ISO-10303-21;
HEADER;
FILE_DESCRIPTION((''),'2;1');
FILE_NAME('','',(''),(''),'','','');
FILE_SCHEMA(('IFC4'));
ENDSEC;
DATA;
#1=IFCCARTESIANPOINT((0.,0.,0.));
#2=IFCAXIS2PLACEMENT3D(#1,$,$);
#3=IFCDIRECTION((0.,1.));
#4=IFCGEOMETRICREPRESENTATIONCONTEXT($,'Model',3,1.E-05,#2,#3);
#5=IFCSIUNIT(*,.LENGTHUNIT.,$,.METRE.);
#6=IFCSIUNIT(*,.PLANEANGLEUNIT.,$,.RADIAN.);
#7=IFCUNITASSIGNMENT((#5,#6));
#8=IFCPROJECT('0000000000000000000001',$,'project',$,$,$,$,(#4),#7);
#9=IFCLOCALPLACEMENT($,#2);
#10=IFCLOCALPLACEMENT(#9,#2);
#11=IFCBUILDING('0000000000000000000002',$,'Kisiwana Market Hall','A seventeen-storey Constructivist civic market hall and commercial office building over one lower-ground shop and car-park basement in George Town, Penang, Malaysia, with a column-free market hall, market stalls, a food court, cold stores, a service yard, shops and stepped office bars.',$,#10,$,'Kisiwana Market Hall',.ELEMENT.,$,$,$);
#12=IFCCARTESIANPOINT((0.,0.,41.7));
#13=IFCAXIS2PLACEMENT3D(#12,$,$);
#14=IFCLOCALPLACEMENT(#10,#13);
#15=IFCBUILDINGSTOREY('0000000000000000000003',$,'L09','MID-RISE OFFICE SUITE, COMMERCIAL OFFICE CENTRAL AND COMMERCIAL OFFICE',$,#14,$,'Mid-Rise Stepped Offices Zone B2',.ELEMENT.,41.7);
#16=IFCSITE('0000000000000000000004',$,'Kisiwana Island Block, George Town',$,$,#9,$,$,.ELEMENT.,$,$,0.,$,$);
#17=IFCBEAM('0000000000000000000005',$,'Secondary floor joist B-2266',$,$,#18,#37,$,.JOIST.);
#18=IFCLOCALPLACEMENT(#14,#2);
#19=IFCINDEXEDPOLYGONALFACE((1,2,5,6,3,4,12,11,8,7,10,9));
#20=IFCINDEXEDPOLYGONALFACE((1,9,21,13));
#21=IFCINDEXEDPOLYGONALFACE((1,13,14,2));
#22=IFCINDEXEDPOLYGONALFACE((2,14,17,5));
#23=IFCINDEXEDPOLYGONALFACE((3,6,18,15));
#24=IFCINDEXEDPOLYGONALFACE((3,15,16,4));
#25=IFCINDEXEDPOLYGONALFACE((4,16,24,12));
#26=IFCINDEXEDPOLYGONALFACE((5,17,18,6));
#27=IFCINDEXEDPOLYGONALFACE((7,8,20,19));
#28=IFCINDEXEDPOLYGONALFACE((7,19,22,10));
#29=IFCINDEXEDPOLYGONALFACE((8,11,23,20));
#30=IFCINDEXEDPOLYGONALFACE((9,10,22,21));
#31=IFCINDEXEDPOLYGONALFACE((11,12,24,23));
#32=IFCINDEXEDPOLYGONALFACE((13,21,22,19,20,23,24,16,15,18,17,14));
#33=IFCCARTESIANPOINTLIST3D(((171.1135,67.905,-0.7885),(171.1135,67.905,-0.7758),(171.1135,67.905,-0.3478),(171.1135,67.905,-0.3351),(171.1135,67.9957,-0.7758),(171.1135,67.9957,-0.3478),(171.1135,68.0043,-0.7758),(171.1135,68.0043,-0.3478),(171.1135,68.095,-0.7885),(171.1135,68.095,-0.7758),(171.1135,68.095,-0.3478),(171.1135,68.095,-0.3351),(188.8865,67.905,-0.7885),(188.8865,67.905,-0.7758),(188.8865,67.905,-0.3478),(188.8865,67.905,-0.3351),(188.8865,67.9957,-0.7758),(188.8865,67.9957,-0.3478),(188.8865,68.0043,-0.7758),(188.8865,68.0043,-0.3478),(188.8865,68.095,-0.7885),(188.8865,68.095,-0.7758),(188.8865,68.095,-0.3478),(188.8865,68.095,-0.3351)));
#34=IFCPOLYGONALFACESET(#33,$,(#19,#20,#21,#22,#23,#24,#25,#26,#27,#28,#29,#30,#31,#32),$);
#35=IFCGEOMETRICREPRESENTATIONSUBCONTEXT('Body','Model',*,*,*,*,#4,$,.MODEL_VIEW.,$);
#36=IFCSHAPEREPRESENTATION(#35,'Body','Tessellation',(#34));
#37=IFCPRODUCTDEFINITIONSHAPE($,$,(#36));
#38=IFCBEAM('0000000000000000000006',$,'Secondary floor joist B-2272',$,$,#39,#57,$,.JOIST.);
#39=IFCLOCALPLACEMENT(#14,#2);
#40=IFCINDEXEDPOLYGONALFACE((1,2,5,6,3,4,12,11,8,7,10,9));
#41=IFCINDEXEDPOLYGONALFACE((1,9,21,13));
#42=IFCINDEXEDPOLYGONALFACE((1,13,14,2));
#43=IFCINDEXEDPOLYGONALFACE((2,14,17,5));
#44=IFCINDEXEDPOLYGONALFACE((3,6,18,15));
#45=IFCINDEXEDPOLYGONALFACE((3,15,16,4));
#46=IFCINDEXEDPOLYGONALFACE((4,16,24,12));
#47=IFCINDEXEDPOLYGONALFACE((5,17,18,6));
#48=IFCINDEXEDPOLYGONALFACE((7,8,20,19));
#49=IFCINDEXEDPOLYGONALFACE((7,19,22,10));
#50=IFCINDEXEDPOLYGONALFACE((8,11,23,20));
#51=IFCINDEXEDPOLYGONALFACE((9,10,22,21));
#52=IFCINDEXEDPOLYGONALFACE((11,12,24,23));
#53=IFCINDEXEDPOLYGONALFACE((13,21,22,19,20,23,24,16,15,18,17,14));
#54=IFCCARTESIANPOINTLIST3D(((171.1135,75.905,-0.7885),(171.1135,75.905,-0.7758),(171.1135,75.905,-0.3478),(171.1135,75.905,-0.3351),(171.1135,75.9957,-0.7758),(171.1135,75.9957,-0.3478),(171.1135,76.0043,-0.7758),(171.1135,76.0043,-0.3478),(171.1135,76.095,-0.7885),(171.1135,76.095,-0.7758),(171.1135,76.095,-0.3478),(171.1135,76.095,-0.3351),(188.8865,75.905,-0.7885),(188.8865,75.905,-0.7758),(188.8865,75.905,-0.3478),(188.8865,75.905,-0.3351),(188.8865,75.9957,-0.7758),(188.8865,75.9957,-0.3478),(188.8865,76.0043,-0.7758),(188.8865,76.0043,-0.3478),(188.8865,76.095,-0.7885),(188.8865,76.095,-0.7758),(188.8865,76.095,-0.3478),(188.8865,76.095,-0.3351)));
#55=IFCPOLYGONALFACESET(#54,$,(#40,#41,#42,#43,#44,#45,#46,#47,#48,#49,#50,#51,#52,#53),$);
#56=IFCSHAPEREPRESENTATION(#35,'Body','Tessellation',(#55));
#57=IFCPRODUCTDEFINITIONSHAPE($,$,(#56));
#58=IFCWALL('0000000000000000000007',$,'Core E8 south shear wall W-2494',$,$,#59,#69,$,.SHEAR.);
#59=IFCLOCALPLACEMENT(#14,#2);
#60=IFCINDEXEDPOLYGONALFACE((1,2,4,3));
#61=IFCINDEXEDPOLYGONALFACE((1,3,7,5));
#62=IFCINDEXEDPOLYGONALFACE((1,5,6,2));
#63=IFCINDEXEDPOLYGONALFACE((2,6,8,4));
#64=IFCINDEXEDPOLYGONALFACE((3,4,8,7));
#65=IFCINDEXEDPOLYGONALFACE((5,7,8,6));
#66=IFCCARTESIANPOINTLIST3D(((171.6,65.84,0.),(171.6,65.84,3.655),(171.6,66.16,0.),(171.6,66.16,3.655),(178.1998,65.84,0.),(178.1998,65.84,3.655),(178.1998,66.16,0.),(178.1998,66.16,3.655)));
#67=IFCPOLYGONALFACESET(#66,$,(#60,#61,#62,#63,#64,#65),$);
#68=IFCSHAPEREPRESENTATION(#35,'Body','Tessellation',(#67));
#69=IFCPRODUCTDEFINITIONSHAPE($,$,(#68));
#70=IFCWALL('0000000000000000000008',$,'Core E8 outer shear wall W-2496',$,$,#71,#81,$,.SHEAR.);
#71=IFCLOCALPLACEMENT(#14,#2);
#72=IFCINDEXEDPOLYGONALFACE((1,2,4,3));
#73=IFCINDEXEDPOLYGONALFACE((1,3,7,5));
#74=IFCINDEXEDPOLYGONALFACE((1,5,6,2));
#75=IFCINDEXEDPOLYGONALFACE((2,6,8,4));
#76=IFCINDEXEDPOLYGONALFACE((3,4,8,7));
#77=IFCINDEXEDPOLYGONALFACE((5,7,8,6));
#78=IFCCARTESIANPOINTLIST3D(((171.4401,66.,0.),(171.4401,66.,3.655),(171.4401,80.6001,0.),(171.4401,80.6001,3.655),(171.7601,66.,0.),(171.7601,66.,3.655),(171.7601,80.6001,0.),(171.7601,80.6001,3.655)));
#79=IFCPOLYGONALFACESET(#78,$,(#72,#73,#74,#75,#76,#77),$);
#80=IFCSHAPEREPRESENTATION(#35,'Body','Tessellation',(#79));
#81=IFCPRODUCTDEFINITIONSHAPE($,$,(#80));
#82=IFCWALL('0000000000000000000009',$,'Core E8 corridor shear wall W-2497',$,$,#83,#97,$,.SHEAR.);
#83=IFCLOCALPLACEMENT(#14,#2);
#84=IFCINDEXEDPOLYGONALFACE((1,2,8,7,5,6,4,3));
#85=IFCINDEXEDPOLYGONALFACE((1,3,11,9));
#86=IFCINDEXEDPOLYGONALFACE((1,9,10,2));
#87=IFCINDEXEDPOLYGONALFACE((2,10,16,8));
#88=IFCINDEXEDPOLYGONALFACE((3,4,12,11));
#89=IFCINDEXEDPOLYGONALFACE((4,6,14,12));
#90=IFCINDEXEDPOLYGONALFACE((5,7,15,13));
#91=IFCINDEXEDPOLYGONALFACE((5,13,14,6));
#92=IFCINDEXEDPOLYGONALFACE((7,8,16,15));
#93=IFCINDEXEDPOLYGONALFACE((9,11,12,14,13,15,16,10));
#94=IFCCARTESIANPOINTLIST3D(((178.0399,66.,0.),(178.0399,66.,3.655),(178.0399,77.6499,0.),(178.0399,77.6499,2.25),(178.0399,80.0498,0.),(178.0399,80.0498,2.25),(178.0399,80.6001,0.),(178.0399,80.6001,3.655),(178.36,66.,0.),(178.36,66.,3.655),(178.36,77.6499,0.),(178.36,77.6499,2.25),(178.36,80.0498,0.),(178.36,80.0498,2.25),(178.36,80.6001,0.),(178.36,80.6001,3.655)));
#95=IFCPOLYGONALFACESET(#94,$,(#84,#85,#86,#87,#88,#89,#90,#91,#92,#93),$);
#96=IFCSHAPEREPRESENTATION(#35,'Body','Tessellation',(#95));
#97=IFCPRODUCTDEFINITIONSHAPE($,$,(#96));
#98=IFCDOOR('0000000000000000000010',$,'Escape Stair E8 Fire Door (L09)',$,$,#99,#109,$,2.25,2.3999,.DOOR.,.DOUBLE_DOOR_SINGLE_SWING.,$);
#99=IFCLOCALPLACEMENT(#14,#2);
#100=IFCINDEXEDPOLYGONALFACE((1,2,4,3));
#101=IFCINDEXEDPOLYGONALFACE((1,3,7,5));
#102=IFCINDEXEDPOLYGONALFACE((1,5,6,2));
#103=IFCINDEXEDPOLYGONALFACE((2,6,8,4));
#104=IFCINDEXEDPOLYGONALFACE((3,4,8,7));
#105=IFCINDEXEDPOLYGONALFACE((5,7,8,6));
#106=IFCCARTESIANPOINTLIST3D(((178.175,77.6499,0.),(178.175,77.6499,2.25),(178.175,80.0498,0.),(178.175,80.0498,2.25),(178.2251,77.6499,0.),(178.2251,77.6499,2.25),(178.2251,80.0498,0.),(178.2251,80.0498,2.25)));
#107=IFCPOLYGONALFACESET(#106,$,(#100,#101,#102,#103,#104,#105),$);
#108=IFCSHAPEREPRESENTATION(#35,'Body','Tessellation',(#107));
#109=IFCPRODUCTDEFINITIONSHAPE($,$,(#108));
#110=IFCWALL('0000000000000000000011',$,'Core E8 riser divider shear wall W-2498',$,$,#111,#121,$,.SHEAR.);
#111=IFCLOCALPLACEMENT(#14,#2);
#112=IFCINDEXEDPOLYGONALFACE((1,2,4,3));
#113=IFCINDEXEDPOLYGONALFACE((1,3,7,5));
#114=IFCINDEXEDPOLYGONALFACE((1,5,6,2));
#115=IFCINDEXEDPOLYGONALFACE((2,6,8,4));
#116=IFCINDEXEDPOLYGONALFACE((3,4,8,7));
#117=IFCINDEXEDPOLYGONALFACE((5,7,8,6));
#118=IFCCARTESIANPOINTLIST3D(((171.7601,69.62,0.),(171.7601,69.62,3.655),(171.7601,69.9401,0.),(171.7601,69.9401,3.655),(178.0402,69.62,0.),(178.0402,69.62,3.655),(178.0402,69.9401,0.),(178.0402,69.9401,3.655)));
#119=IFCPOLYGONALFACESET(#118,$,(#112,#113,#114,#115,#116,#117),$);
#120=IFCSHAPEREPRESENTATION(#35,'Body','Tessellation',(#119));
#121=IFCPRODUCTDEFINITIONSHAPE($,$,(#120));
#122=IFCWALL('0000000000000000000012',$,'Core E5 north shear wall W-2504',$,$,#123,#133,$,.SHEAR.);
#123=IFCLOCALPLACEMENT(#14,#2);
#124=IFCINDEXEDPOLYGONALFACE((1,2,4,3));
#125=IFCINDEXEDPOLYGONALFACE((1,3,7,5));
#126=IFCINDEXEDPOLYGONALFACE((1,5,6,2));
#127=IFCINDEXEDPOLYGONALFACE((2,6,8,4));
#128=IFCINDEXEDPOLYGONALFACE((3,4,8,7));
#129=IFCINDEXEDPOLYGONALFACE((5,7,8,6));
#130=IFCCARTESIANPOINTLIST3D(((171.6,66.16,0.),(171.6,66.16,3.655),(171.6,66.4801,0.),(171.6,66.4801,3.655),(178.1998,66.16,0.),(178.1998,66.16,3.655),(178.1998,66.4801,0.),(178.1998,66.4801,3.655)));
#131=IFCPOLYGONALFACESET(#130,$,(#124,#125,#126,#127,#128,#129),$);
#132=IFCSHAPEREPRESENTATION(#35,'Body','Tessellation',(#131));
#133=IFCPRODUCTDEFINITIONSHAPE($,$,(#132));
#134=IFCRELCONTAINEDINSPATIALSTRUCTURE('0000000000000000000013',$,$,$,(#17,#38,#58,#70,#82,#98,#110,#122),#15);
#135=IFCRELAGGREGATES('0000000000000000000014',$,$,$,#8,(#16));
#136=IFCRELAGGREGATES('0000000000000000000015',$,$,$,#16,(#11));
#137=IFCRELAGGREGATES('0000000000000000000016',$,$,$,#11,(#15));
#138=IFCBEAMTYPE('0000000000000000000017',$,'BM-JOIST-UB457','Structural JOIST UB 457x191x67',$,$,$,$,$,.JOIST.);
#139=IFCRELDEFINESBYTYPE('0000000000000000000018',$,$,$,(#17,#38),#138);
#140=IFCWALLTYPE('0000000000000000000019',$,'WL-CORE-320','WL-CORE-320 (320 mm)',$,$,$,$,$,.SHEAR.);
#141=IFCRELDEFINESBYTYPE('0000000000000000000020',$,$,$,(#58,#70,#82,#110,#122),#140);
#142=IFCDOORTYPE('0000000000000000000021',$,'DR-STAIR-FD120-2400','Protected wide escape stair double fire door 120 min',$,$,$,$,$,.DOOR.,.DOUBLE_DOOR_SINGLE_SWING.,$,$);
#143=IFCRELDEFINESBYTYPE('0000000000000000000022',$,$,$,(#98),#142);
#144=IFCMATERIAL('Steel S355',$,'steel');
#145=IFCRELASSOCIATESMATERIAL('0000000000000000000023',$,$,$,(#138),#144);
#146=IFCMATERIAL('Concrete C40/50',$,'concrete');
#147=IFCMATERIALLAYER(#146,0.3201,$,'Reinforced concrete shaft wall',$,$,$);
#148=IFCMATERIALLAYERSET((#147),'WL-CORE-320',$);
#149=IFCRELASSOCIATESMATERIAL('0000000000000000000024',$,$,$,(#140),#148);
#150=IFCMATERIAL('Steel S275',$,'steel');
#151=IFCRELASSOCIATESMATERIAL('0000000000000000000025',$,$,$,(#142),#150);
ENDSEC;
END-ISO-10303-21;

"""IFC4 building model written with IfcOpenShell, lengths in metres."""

from ifc_helpers import new_model, si_unit, direction, frame, frame_2d, origin, origin_2d, place, context, subcontext, project, spatial, rectangle, i_section, extrude, material, layer, layer_set, material_profile, profile_set, type_object, element, fill, save


model = new_model("IFC4")

# Units and contexts
model_context = context("Model", 3, precision=1e-05, world=origin(), true_north=direction((0.0, 1.0)))
body_context = subcontext(model_context, "Body", "Model", "MODEL_VIEW")
ifc_project = project(units=[si_unit("LENGTHUNIT", "METRE"), si_unit("PLANEANGLEUNIT", "RADIAN")], contexts=[model_context])

# Site, building, storey
site_placement = place(None, origin())
site = spatial("IfcSite", under=ifc_project, at=site_placement, Name="Kisiwana Island Block, George Town", CompositionType="ELEMENT", RefElevation=0.0)
building_placement = place(site_placement, origin())
building = spatial("IfcBuilding", under=site, at=building_placement, Name="Kisiwana Market Hall", Description="A seventeen-storey Constructivist civic market hall and commercial office building over one lower-ground shop and car-park basement in George Town, Penang, Malaysia, with a column-free market hall, market stalls, a food court, cold stores, a service yard, shops and stepped office bars.", LongName="Kisiwana Market Hall", CompositionType="ELEMENT")
storey_placement = place(building_placement, frame((0.0, 0.0, 41.7)))
storey = spatial("IfcBuildingStorey", under=building, at=storey_placement, Name="L09", Description="MID-RISE OFFICE SUITE, COMMERCIAL OFFICE CENTRAL AND COMMERCIAL OFFICE", LongName="Mid-Rise Stepped Offices Zone B2", CompositionType="ELEMENT", Elevation=41.7)

# Beams
ifc_material_1 = material(Name="Steel S355", Category="steel")
ifc_material_profile = material_profile(ifc_material_1, i_section(OverallWidth=0.1899, OverallDepth=0.4534, WebThickness=0.0085, FlangeThickness=0.0127, at=origin_2d()), Name="UB 457x191x67")
ifc_profile_set = profile_set([ifc_material_profile], Name="Steel S355")
beam_type = type_object("IfcBeamType", Name="BM-JOIST-UB457", Description="Structural JOIST UB 457x191x67", PredefinedType="JOIST", material=ifc_profile_set)
for number, where, z_axis, x_axis, name in (
    (1, (171.1135, 68.0, -0.5618), (1.0, 0.0, 0.0), (0.0, 1.0, 0.0), "Secondary floor joist B-2266"),
    (2, (171.1135, 76.0, -0.5618), (1.0, 0.0, 0.0), (0.0, 1.0, 0.0), "Secondary floor joist B-2272"),
):
    element("IfcBeam", number, at=place(storey_placement, frame(where, z_axis=z_axis, x_axis=x_axis)), inside=storey, type_object=beam_type, Name=name, PredefinedType="JOIST", context=body_context, shape_type="SweptSolid", body=[
        extrude(i_section(OverallWidth=0.1899, OverallDepth=0.4534, WebThickness=0.0085, FlangeThickness=0.0127, at=origin_2d()), origin(), (0.0, 0.0, 1.0), 17.7729),
    ])

# Walls
ifc_material_2 = material(Name="Concrete C40/50", Category="concrete")
ifc_layer = layer(ifc_material_2, 0.3201, Name="Reinforced concrete shaft wall")
ifc_layer_set = layer_set([ifc_layer], Name="WL-CORE-320")
wall_type = type_object("IfcWallType", Name="WL-CORE-320", Description="WL-CORE-320 (320 mm)", PredefinedType="SHEAR", material=ifc_layer_set)
wall_1_placement = place(storey_placement, frame((171.6001, 66.0, 0.0), z_axis=(0.0, 0.0, 1.0), x_axis=(1.0, 0.0, 0.0)))
element("IfcWall", 3, at=wall_1_placement, inside=storey, type_object=wall_type, Name="Core E8 south shear wall W-2494", PredefinedType="SHEAR", context=body_context, shape_type="SweptSolid", body=[
    extrude(rectangle(XDim=6.5999, YDim=0.3201, at=frame_2d((3.2998, 0.0))), origin(), (0.0, 0.0, 1.0), 3.655),
])
wall_2_placement = place(storey_placement, frame((171.6001, 66.0, 0.0), z_axis=(0.0, 0.0, 1.0), x_axis=(0.0, 1.0, 0.0)))
element("IfcWall", 4, at=wall_2_placement, inside=storey, type_object=wall_type, Name="Core E8 outer shear wall W-2496", PredefinedType="SHEAR", context=body_context, shape_type="SweptSolid", body=[
    extrude(rectangle(XDim=14.6001, YDim=0.3201, at=frame_2d((7.3, 0.0))), origin(), (0.0, 0.0, 1.0), 3.655),
])

# Wall, opening, door
wall_3_placement = place(storey_placement, frame((178.2, 66.0, 0.0), z_axis=(0.0, 0.0, 1.0), x_axis=(0.0, 1.0, 0.0)))
wall_3 = element("IfcWall", 5, at=wall_3_placement, inside=storey, type_object=wall_type, Name="Core E8 corridor shear wall W-2497", PredefinedType="SHEAR", context=body_context, shape_type="SweptSolid", body=[
    extrude(rectangle(XDim=14.6001, YDim=0.3201, at=frame_2d((7.3, 0.0))), origin(), (0.0, 0.0, 1.0), 3.655),
])
opening_placement = place(wall_3_placement, frame((11.6499, 0.0, 0.0)))
opening = element("IfcOpeningElement", 6, at=opening_placement, cuts=wall_3, PredefinedType="OPENING", context=body_context, shape_type="SweptSolid", body=[
    extrude(rectangle(XDim=2.3999, YDim=2.25, at=frame_2d((1.2, 1.125))), frame((0.0, 0.1719, 0.0), z_axis=(0.0, -1.0, 0.0), x_axis=(1.0, 0.0, 0.0)), (0.0, 0.0, 1.0), 0.344),
])
ifc_material_3 = material(Name="Steel S275", Category="steel")
door_type = type_object("IfcDoorType", Name="DR-STAIR-FD120-2400", Description="Protected wide escape stair double fire door 120 min", OperationType="DOUBLE_DOOR_SINGLE_SWING", PredefinedType="DOOR", material=ifc_material_3)
door_placement = place(opening_placement, origin())
door = element("IfcDoor", 7, at=door_placement, inside=storey, type_object=door_type, Name="Escape Stair E8 Fire Door (L09)", OperationType="DOUBLE_DOOR_SINGLE_SWING", OverallHeight=2.25, OverallWidth=2.3999, PredefinedType="DOOR", context=body_context, shape_type="SweptSolid", body=[
    extrude(rectangle(XDim=2.3999, YDim=2.25, at=frame_2d((1.2, 1.125))), frame((0.0, 0.0249, 0.0), z_axis=(0.0, -1.0, 0.0), x_axis=(1.0, 0.0, 0.0)), (0.0, 0.0, 1.0), 0.05),
])
fill(opening, door)

# Walls
wall_4_placement = place(storey_placement, frame((171.76, 69.78, 0.0), z_axis=(0.0, 0.0, 1.0), x_axis=(1.0, 0.0, 0.0)))
element("IfcWall", 8, at=wall_4_placement, inside=storey, type_object=wall_type, Name="Core E8 riser divider shear wall W-2498", PredefinedType="SHEAR", context=body_context, shape_type="SweptSolid", body=[
    extrude(rectangle(XDim=6.28, YDim=0.3201, at=frame_2d((3.1401, 0.0))), origin(), (0.0, 0.0, 1.0), 3.655),
])
wall_5_placement = place(storey_placement, frame((171.6001, 66.3201, 0.0), z_axis=(0.0, 0.0, 1.0), x_axis=(1.0, 0.0, 0.0)))
element("IfcWall", 9, at=wall_5_placement, inside=storey, type_object=wall_type, Name="Core E5 north shear wall W-2504", PredefinedType="SHEAR", context=body_context, shape_type="SweptSolid", body=[
    extrude(rectangle(XDim=6.5999, YDim=0.3201, at=frame_2d((3.2998, 0.0))), origin(), (0.0, 0.0, 1.0), 3.655),
])

save(model, "model.ifc")
